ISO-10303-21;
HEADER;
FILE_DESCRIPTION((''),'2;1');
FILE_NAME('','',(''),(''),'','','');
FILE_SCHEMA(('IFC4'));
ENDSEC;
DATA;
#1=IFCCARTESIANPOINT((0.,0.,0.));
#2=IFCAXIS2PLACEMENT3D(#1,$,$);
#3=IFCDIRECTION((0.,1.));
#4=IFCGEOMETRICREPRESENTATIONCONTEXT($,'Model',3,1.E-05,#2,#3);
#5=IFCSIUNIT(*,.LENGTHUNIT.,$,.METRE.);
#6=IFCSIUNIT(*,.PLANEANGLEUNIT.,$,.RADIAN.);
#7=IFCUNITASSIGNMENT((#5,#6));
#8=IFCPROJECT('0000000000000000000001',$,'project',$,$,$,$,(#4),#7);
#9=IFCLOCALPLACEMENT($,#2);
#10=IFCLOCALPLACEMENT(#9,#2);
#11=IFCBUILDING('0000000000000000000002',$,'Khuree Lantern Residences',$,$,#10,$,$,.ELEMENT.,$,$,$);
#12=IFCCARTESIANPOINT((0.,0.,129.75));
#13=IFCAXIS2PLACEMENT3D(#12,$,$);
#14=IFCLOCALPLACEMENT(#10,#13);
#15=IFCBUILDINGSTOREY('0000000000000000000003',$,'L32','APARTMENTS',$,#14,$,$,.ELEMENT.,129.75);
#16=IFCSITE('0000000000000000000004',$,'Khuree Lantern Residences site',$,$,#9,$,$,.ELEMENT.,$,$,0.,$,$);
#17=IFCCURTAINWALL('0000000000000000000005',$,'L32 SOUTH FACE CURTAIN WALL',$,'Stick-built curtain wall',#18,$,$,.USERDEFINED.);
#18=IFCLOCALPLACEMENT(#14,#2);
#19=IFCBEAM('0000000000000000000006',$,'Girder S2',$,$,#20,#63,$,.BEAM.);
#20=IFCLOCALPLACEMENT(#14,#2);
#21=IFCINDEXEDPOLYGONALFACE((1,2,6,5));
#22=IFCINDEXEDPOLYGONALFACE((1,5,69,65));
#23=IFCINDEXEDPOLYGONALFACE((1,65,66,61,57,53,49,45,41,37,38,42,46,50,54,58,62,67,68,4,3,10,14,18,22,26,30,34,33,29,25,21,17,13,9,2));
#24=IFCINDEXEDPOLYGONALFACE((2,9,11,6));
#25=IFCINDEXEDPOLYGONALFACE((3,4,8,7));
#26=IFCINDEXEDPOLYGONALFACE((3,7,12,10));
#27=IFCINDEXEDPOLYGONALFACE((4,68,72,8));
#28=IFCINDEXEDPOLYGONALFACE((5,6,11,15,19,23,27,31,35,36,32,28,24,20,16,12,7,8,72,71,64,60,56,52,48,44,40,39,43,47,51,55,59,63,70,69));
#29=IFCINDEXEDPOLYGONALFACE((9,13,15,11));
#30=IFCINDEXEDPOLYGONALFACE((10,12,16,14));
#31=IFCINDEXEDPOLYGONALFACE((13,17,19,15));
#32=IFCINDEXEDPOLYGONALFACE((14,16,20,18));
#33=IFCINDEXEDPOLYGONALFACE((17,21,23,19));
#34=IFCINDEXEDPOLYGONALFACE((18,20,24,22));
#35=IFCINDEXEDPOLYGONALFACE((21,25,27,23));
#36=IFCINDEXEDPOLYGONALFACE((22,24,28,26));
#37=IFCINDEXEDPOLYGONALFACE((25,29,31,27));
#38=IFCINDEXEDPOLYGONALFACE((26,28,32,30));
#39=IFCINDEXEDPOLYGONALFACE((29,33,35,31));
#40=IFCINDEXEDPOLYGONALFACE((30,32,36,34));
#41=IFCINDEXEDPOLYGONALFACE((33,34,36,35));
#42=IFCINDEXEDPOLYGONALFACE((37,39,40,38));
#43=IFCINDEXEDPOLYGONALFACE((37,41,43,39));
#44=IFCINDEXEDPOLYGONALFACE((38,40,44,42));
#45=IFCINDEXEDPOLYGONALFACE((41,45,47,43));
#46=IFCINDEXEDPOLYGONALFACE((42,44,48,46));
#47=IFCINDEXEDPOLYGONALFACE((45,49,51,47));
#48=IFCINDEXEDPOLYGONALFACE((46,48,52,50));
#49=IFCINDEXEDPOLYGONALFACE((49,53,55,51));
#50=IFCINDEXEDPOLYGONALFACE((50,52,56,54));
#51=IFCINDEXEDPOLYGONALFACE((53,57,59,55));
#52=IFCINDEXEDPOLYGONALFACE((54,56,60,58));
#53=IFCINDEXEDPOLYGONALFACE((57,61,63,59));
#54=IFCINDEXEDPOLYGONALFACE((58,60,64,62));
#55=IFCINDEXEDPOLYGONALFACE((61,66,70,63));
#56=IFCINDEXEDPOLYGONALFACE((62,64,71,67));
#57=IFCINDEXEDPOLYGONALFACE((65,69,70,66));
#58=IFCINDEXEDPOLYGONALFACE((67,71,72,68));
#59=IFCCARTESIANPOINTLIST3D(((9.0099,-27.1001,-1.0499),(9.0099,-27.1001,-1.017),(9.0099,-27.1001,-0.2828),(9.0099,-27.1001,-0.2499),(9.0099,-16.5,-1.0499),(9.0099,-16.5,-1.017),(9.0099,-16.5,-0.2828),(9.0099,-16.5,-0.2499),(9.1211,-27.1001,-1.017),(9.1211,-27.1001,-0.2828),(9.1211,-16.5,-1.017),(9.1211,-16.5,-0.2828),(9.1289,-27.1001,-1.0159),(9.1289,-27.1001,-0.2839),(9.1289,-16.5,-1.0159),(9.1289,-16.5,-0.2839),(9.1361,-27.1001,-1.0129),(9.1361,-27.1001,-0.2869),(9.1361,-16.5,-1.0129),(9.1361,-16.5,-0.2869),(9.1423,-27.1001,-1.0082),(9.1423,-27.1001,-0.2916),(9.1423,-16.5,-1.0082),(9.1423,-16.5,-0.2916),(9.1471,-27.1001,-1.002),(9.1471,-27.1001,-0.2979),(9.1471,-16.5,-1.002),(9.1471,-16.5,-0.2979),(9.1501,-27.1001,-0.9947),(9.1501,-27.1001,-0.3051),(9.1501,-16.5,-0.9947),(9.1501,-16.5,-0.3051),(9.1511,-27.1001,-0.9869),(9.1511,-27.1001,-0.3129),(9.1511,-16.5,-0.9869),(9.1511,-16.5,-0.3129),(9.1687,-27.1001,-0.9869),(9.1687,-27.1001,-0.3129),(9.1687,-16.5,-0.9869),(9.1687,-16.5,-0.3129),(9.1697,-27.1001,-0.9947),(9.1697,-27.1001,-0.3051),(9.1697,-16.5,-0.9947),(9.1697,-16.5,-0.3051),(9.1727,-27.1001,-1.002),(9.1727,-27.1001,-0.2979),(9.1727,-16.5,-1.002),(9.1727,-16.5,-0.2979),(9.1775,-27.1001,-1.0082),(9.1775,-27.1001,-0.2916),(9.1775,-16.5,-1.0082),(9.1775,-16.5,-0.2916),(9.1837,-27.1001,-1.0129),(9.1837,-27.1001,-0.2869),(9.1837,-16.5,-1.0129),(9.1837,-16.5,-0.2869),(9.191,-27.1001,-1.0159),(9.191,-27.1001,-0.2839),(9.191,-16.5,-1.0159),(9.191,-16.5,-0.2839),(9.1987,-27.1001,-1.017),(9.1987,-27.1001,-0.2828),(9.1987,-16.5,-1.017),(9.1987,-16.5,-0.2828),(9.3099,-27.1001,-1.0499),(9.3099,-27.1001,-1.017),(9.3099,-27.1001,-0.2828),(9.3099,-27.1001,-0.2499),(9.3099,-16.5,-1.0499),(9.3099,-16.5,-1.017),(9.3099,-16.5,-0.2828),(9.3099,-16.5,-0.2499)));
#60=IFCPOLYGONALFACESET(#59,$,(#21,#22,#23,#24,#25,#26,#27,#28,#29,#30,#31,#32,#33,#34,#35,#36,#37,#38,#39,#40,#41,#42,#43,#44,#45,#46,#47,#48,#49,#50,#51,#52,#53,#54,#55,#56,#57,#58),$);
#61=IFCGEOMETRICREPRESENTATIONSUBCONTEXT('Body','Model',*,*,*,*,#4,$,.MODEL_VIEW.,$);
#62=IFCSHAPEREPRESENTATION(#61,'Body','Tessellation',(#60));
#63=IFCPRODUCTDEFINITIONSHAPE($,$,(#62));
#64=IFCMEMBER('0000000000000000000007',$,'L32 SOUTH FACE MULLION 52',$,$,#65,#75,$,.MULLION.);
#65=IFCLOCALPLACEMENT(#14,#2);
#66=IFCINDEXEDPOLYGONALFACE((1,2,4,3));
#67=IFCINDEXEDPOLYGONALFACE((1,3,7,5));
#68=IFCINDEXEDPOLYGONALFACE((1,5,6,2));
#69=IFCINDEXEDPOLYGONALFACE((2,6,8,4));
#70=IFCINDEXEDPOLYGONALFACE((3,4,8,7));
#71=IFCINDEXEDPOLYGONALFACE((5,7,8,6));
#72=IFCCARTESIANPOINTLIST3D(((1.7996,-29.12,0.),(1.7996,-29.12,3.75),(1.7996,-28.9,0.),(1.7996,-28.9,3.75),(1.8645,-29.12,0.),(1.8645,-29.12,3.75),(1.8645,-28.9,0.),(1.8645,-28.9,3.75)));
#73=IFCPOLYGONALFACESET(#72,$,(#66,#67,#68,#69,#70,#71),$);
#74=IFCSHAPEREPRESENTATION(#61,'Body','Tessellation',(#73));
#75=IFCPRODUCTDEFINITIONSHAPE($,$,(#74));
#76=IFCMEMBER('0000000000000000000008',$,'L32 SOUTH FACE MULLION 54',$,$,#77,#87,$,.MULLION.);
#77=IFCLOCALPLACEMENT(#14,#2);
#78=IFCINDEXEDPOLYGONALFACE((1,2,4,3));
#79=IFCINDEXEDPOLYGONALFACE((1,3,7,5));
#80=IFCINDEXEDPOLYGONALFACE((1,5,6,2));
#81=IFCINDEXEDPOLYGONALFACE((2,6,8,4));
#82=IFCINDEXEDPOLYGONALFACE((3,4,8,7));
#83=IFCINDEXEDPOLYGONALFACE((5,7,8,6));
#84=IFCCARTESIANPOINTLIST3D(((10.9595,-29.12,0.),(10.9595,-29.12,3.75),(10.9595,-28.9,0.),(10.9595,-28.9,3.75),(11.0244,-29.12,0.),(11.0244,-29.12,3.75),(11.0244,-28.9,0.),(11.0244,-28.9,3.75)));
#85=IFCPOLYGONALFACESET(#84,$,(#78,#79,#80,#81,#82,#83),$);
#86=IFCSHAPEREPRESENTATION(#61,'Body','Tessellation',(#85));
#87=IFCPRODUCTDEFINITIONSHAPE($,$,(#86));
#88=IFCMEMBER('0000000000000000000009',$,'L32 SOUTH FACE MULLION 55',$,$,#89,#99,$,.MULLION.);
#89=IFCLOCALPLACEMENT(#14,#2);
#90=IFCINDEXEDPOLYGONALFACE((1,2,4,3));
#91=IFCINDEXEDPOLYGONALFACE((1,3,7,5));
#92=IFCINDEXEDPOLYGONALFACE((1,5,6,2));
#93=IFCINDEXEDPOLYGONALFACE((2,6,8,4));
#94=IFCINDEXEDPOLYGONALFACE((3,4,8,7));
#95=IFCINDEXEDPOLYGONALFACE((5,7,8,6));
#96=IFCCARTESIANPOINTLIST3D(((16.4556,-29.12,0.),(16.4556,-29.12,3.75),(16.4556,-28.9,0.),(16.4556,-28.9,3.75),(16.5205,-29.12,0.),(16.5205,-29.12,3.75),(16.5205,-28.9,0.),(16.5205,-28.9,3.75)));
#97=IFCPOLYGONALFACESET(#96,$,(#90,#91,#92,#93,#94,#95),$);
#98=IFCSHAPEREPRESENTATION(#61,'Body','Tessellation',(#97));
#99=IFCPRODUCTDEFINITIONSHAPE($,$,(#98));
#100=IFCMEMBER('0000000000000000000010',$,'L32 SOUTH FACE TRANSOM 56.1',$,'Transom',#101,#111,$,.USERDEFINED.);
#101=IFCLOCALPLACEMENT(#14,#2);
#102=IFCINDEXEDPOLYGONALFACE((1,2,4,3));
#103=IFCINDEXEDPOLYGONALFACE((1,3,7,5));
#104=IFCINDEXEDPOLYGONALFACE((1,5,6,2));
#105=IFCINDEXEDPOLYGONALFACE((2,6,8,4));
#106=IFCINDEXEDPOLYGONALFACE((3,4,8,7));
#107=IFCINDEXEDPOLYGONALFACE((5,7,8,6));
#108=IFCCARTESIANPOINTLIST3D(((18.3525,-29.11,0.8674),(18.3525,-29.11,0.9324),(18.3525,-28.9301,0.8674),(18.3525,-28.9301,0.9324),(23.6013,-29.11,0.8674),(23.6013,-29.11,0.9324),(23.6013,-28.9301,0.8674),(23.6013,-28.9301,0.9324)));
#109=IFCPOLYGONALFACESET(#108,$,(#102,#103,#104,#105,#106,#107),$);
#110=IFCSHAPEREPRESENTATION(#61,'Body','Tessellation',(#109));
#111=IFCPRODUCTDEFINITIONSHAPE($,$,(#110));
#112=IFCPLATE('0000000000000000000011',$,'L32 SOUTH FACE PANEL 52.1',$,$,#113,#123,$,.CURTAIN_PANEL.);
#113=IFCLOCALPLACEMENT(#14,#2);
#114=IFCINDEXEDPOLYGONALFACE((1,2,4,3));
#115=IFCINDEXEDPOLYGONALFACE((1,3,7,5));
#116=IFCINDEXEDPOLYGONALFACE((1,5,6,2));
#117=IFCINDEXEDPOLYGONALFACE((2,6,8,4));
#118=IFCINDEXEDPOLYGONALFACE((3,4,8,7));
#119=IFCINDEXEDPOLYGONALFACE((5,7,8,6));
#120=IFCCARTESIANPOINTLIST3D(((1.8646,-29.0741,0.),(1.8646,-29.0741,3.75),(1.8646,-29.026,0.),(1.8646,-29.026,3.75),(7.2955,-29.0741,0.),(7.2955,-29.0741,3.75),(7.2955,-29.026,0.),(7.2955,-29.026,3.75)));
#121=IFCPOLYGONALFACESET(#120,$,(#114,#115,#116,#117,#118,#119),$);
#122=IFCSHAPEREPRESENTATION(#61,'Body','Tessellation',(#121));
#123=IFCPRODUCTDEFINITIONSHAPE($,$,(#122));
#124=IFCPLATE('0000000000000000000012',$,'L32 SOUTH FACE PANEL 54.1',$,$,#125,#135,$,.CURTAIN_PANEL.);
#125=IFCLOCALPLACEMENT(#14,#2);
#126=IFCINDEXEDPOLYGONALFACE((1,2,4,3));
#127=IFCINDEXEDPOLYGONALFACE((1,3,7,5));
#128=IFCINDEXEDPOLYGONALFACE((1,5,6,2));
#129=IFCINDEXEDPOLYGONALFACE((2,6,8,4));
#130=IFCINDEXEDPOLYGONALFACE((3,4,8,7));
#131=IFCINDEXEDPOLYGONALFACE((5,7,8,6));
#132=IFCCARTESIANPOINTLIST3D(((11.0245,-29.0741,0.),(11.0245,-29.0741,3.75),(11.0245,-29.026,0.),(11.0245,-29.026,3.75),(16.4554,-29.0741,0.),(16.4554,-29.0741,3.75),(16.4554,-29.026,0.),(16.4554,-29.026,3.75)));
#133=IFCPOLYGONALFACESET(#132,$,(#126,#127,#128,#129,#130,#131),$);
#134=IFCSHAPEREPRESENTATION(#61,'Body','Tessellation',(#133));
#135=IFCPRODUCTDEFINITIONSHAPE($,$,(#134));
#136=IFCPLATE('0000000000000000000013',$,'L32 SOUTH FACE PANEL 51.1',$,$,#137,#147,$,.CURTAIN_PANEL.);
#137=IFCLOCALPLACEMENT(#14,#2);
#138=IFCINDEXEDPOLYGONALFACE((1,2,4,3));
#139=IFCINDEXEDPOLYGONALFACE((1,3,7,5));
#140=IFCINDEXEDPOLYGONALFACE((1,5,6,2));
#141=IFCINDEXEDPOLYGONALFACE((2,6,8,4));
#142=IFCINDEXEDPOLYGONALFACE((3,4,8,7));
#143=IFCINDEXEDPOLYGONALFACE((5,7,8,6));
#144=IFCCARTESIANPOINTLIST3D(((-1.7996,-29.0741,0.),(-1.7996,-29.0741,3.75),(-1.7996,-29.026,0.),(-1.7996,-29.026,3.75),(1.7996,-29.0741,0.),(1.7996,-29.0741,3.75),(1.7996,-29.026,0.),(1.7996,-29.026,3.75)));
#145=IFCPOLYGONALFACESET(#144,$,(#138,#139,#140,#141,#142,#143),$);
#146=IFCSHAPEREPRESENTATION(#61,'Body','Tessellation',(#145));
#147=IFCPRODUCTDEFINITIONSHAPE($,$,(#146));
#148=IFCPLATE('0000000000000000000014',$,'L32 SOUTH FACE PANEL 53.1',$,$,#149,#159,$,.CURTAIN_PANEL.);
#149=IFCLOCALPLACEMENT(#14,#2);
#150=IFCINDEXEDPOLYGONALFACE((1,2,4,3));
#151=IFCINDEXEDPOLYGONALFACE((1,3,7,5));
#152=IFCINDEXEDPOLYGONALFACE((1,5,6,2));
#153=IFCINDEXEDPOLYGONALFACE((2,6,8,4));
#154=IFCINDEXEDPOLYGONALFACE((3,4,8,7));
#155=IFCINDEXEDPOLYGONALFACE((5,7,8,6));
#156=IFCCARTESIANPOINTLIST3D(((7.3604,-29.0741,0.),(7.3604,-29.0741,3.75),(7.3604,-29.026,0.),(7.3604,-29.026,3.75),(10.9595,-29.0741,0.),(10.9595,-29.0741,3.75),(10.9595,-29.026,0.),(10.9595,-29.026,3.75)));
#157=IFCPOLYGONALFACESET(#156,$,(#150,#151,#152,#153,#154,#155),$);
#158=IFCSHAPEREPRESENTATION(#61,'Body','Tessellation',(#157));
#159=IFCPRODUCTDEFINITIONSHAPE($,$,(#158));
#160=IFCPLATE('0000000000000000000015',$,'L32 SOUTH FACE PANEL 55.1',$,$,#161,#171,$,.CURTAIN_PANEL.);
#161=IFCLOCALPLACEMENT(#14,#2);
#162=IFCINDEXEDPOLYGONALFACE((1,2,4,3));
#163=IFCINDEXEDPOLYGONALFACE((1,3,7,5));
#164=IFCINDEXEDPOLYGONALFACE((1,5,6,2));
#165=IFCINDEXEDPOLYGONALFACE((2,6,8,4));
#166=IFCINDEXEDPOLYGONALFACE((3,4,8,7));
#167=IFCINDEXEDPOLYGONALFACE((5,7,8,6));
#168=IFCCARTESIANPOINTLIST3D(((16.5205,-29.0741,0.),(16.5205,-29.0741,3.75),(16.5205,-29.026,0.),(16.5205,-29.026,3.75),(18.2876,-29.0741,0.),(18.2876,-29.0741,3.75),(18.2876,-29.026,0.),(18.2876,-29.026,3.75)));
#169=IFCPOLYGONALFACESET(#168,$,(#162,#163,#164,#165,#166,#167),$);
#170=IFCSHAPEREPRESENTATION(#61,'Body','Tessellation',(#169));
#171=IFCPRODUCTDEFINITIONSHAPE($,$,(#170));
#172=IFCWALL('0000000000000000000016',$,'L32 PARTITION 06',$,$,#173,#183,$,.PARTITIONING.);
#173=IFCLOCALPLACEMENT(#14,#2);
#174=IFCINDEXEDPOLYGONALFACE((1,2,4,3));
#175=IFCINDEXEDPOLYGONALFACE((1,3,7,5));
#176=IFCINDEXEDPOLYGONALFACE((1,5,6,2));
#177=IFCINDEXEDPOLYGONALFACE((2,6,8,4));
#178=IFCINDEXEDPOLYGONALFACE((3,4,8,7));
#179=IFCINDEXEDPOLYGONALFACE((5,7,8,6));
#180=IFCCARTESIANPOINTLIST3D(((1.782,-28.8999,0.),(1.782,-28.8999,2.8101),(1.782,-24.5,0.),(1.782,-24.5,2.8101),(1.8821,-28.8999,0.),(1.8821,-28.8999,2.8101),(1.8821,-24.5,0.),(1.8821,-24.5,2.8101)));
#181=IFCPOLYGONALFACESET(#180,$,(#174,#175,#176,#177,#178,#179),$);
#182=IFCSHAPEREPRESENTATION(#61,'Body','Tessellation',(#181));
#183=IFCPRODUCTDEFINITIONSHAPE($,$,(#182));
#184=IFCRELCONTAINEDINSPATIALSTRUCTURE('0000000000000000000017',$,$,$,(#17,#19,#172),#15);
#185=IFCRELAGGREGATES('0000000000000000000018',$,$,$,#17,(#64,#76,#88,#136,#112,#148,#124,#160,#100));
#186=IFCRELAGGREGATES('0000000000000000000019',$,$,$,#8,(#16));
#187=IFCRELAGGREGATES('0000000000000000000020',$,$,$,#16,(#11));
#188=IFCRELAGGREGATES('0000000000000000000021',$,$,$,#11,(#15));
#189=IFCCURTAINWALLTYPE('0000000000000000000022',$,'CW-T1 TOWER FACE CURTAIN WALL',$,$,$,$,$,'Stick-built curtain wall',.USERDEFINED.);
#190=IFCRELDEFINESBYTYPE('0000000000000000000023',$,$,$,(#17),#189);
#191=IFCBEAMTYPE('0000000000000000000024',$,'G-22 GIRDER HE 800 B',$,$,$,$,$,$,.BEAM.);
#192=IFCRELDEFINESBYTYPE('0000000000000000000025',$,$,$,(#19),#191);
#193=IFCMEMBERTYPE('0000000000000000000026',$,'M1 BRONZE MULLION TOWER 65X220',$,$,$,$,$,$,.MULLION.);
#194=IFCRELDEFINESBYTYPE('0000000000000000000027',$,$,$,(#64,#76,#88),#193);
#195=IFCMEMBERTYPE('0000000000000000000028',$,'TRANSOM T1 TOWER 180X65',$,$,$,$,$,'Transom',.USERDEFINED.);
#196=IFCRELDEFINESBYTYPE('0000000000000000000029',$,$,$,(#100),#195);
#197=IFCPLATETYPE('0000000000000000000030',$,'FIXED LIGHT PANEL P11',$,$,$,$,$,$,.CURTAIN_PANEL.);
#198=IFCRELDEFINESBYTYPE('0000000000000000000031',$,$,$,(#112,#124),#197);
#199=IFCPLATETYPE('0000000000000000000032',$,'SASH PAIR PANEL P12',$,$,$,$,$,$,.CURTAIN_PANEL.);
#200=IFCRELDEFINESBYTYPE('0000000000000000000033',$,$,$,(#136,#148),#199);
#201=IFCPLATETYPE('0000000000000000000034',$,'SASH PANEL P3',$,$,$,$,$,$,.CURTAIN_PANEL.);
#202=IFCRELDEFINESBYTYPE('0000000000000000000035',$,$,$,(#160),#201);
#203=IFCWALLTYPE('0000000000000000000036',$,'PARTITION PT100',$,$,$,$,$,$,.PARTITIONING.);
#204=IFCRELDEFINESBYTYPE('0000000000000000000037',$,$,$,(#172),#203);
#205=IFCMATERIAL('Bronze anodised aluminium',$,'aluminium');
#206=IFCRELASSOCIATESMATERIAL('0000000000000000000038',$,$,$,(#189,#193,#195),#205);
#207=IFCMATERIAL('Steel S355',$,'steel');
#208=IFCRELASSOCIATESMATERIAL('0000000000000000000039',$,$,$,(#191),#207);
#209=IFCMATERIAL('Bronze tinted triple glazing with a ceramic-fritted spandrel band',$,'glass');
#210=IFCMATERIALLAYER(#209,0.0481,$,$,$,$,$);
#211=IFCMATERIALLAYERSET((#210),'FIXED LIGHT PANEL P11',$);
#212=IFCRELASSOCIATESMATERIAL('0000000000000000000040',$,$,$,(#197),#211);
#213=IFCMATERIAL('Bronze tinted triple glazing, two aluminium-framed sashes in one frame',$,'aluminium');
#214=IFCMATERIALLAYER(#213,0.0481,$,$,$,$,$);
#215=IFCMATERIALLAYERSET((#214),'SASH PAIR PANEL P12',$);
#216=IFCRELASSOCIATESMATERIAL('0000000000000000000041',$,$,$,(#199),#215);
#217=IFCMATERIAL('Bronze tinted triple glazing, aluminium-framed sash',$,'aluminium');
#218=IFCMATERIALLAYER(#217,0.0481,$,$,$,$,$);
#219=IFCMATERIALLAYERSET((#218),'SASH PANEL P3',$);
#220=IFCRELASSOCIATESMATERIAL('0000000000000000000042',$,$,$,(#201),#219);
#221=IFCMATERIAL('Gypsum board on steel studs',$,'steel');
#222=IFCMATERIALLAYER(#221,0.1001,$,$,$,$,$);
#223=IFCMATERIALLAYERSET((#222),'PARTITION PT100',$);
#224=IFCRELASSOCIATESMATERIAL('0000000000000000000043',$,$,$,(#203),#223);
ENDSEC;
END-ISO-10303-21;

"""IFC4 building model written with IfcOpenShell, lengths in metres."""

from ifc_helpers import new_model, si_unit, direction, frame, frame_2d, origin, origin_2d, place, context, subcontext, project, spatial, rectangle, i_section, extrude, material, layer, layer_set, material_profile, profile_set, type_object, element, aggregate, save


model = new_model("IFC4")

# Units and contexts
model_context = context("Model", 3, precision=1e-05, world=origin(), true_north=direction((0.0, 1.0)))
body_context = subcontext(model_context, "Body", "Model", "MODEL_VIEW")
ifc_project = project(units=[si_unit("LENGTHUNIT", "METRE"), si_unit("PLANEANGLEUNIT", "RADIAN")], contexts=[model_context])

# Site, building, storey
site_placement = place(None, origin())
site = spatial("IfcSite", under=ifc_project, at=site_placement, Name="Khuree Lantern Residences site", CompositionType="ELEMENT", RefElevation=0.0)
building_placement = place(site_placement, origin())
building = spatial("IfcBuilding", under=site, at=building_placement, Name="Khuree Lantern Residences", CompositionType="ELEMENT")
storey_placement = place(building_placement, frame((0.0, 0.0, 129.75)))
storey = spatial("IfcBuildingStorey", under=building, at=storey_placement, Name="L32", Description="APARTMENTS", CompositionType="ELEMENT", Elevation=129.75)

# Shared definitions
ifc_material_1 = material(Name="Steel S355", Category="steel")

# Curtain wall
ifc_material_2 = material(Name="Bronze anodised aluminium", Category="aluminium")
curtain_wall_type = type_object("IfcCurtainWallType", Name="CW-T1 TOWER FACE CURTAIN WALL", ElementType="Stick-built curtain wall", PredefinedType="USERDEFINED", material=ifc_material_2)
curtain_wall_placement = place(storey_placement, origin())
curtain_wall = element("IfcCurtainWall", 1, at=curtain_wall_placement, inside=storey, type_object=curtain_wall_type, Name="L32 SOUTH FACE CURTAIN WALL", ObjectType="Stick-built curtain wall", PredefinedType="USERDEFINED")

# Beam
ifc_material_profile_1 = material_profile(ifc_material_1, i_section(OverallWidth=0.3, OverallDepth=0.8, WebThickness=0.0176, FlangeThickness=0.033, FilletRadius=0.03, at=origin_2d()), Name="HE 800 B")
ifc_profile_set_1 = profile_set([ifc_material_profile_1], Name="Steel S355")
beam_type_1 = type_object("IfcBeamType", Name="G-22 GIRDER HE 800 B", PredefinedType="BEAM", material=ifc_profile_set_1)
beam_1_placement = place(storey_placement, frame((9.1599, -27.1001, -0.6499), z_axis=(0.0, 1.0, 0.0), x_axis=(-1.0, 0.0, 0.0)))
element("IfcBeam", 2, at=beam_1_placement, inside=storey, type_object=beam_type_1, Name="Girder S2", PredefinedType="BEAM", context=body_context, shape_type="SweptSolid", body=[
    extrude(i_section(OverallWidth=0.3, OverallDepth=0.8, WebThickness=0.0176, FlangeThickness=0.033, FilletRadius=0.03, at=origin_2d()), origin(), (0.0, 0.0, 1.0), 10.6001),
])

# Members
ifc_material_profile_2 = material_profile(ifc_material_2, rectangle(XDim=0.0649, YDim=0.22, at=origin_2d()), Name="M1 65X220")
ifc_profile_set_2 = profile_set([ifc_material_profile_2], Name="Bronze anodised aluminium")
member_type_1 = type_object("IfcMemberType", Name="M1 BRONZE MULLION TOWER 65X220", PredefinedType="MULLION", material=ifc_profile_set_2)
member_1_placement = place(storey_placement, frame((1.832, -29.01, 0.0), z_axis=(0.0, 0.0, 1.0), x_axis=(1.0, 0.0, 0.0)))
member_1 = element("IfcMember", 3, at=member_1_placement, type_object=member_type_1, Name="L32 SOUTH FACE MULLION 52", PredefinedType="MULLION", context=body_context, shape_type="SweptSolid", body=[
    extrude(rectangle(XDim=0.0649, YDim=0.22, at=origin_2d()), origin(), (0.0, 0.0, 1.0), 3.75),
])
member_2_placement = place(storey_placement, frame((10.9919, -29.01, 0.0), z_axis=(0.0, 0.0, 1.0), x_axis=(1.0, 0.0, 0.0)))
member_2 = element("IfcMember", 4, at=member_2_placement, type_object=member_type_1, Name="L32 SOUTH FACE MULLION 54", PredefinedType="MULLION", context=body_context, shape_type="SweptSolid", body=[
    extrude(rectangle(XDim=0.0649, YDim=0.22, at=origin_2d()), origin(), (0.0, 0.0, 1.0), 3.75),
])
member_3_placement = place(storey_placement, frame((16.488, -29.01, 0.0), z_axis=(0.0, 0.0, 1.0), x_axis=(1.0, 0.0, 0.0)))
member_3 = element("IfcMember", 5, at=member_3_placement, type_object=member_type_1, Name="L32 SOUTH FACE MULLION 55", PredefinedType="MULLION", context=body_context, shape_type="SweptSolid", body=[
    extrude(rectangle(XDim=0.0649, YDim=0.22, at=origin_2d()), origin(), (0.0, 0.0, 1.0), 3.75),
])
ifc_material_profile_3 = material_profile(ifc_material_2, rectangle(XDim=0.1799, YDim=0.0649, at=origin_2d()), Name="T1 180X65")
ifc_profile_set_3 = profile_set([ifc_material_profile_3], Name="Bronze anodised aluminium")
member_type_2 = type_object("IfcMemberType", Name="TRANSOM T1 TOWER 180X65", ElementType="Transom", PredefinedType="USERDEFINED", material=ifc_profile_set_3)
member_4_placement = place(storey_placement, frame((18.3525, -29.02, 0.8999), z_axis=(1.0, 0.0, 0.0), x_axis=(0.0, 1.0, 0.0)))
member_4 = element("IfcMember", 6, at=member_4_placement, type_object=member_type_2, Name="L32 SOUTH FACE TRANSOM 56.1", ObjectType="Transom", PredefinedType="USERDEFINED", context=body_context, shape_type="SweptSolid", body=[
    extrude(rectangle(XDim=0.1799, YDim=0.0649, at=origin_2d()), origin(), (0.0, 0.0, 1.0), 5.2488),
])

# Plates
ifc_material_3 = material(Name="Bronze tinted triple glazing with a ceramic-fritted spandrel band", Category="glass")
ifc_layer_1 = layer(ifc_material_3, 0.0481)
ifc_layer_set_1 = layer_set([ifc_layer_1], Name="FIXED LIGHT PANEL P11")
plate_type_1 = type_object("IfcPlateType", Name="FIXED LIGHT PANEL P11", PredefinedType="CURTAIN_PANEL", material=ifc_layer_set_1)
plate_1_placement = place(storey_placement, frame((4.5801, -29.05, 0.0), z_axis=(0.0, 0.0, 1.0), x_axis=(1.0, 0.0, 0.0)))
plate_1 = element("IfcPlate", 7, at=plate_1_placement, type_object=plate_type_1, Name="L32 SOUTH FACE PANEL 52.1", PredefinedType="CURTAIN_PANEL", context=body_context, shape_type="SweptSolid", body=[
    extrude(rectangle(XDim=5.4309, YDim=0.0481, at=origin_2d()), origin(), (0.0, 0.0, 1.0), 3.75),
])
plate_2_placement = place(storey_placement, frame((13.74, -29.05, 0.0), z_axis=(0.0, 0.0, 1.0), x_axis=(1.0, 0.0, 0.0)))
plate_2 = element("IfcPlate", 8, at=plate_2_placement, type_object=plate_type_1, Name="L32 SOUTH FACE PANEL 54.1", PredefinedType="CURTAIN_PANEL", context=body_context, shape_type="SweptSolid", body=[
    extrude(rectangle(XDim=5.4309, YDim=0.0481, at=origin_2d()), origin(), (0.0, 0.0, 1.0), 3.75),
])
ifc_material_4 = material(Name="Bronze tinted triple glazing, two aluminium-framed sashes in one frame", Category="aluminium")
ifc_layer_2 = layer(ifc_material_4, 0.0481)
ifc_layer_set_2 = layer_set([ifc_layer_2], Name="SASH PAIR PANEL P12")
plate_type_2 = type_object("IfcPlateType", Name="SASH PAIR PANEL P12", PredefinedType="CURTAIN_PANEL", material=ifc_layer_set_2)
plate_3_placement = place(storey_placement, frame((0.0, -29.05, 0.0), z_axis=(0.0, 0.0, 1.0), x_axis=(1.0, 0.0, 0.0)))
plate_3 = element("IfcPlate", 9, at=plate_3_placement, type_object=plate_type_2, Name="L32 SOUTH FACE PANEL 51.1", PredefinedType="CURTAIN_PANEL", context=body_context, shape_type="SweptSolid", body=[
    extrude(rectangle(XDim=3.5991, YDim=0.0481, at=origin_2d()), origin(), (0.0, 0.0, 1.0), 3.75),
])
plate_4_placement = place(storey_placement, frame((9.1599, -29.05, 0.0), z_axis=(0.0, 0.0, 1.0), x_axis=(1.0, 0.0, 0.0)))
plate_4 = element("IfcPlate", 10, at=plate_4_placement, type_object=plate_type_2, Name="L32 SOUTH FACE PANEL 53.1", PredefinedType="CURTAIN_PANEL", context=body_context, shape_type="SweptSolid", body=[
    extrude(rectangle(XDim=3.5991, YDim=0.0481, at=origin_2d()), origin(), (0.0, 0.0, 1.0), 3.75),
])
ifc_material_5 = material(Name="Bronze tinted triple glazing, aluminium-framed sash", Category="aluminium")
ifc_layer_3 = layer(ifc_material_5, 0.0481)
ifc_layer_set_3 = layer_set([ifc_layer_3], Name="SASH PANEL P3")
plate_type_3 = type_object("IfcPlateType", Name="SASH PANEL P3", PredefinedType="CURTAIN_PANEL", material=ifc_layer_set_3)
plate_5_placement = place(storey_placement, frame((17.4041, -29.05, 0.0), z_axis=(0.0, 0.0, 1.0), x_axis=(1.0, 0.0, 0.0)))
plate_5 = element("IfcPlate", 11, at=plate_5_placement, type_object=plate_type_3, Name="L32 SOUTH FACE PANEL 55.1", PredefinedType="CURTAIN_PANEL", context=body_context, shape_type="SweptSolid", body=[
    extrude(rectangle(XDim=1.7671, YDim=0.0481, at=origin_2d()), origin(), (0.0, 0.0, 1.0), 3.75),
])
aggregate(curtain_wall, [member_1, member_2, member_3, plate_3, plate_1, plate_4, plate_2, plate_5, member_4])

# Wall
ifc_material_6 = material(Name="Gypsum board on steel studs", Category="steel")
ifc_layer_4 = layer(ifc_material_6, 0.1001)
ifc_layer_set_4 = layer_set([ifc_layer_4], Name="PARTITION PT100")
wall_type = type_object("IfcWallType", Name="PARTITION PT100", PredefinedType="PARTITIONING", material=ifc_layer_set_4)
wall_1_placement = place(storey_placement, frame((1.832, -24.5, 0.0), z_axis=(0.0, 0.0, 1.0), x_axis=(0.0, -1.0, 0.0)))
element("IfcWall", 12, at=wall_1_placement, inside=storey, type_object=wall_type, Name="L32 PARTITION 06", PredefinedType="PARTITIONING", context=body_context, shape_type="SweptSolid", body=[
    extrude(rectangle(XDim=4.3999, YDim=0.1001, at=frame_2d((2.2, 0.0))), origin(), (0.0, 0.0, 1.0), 2.8101),
])

save(model, "model.ifc")
